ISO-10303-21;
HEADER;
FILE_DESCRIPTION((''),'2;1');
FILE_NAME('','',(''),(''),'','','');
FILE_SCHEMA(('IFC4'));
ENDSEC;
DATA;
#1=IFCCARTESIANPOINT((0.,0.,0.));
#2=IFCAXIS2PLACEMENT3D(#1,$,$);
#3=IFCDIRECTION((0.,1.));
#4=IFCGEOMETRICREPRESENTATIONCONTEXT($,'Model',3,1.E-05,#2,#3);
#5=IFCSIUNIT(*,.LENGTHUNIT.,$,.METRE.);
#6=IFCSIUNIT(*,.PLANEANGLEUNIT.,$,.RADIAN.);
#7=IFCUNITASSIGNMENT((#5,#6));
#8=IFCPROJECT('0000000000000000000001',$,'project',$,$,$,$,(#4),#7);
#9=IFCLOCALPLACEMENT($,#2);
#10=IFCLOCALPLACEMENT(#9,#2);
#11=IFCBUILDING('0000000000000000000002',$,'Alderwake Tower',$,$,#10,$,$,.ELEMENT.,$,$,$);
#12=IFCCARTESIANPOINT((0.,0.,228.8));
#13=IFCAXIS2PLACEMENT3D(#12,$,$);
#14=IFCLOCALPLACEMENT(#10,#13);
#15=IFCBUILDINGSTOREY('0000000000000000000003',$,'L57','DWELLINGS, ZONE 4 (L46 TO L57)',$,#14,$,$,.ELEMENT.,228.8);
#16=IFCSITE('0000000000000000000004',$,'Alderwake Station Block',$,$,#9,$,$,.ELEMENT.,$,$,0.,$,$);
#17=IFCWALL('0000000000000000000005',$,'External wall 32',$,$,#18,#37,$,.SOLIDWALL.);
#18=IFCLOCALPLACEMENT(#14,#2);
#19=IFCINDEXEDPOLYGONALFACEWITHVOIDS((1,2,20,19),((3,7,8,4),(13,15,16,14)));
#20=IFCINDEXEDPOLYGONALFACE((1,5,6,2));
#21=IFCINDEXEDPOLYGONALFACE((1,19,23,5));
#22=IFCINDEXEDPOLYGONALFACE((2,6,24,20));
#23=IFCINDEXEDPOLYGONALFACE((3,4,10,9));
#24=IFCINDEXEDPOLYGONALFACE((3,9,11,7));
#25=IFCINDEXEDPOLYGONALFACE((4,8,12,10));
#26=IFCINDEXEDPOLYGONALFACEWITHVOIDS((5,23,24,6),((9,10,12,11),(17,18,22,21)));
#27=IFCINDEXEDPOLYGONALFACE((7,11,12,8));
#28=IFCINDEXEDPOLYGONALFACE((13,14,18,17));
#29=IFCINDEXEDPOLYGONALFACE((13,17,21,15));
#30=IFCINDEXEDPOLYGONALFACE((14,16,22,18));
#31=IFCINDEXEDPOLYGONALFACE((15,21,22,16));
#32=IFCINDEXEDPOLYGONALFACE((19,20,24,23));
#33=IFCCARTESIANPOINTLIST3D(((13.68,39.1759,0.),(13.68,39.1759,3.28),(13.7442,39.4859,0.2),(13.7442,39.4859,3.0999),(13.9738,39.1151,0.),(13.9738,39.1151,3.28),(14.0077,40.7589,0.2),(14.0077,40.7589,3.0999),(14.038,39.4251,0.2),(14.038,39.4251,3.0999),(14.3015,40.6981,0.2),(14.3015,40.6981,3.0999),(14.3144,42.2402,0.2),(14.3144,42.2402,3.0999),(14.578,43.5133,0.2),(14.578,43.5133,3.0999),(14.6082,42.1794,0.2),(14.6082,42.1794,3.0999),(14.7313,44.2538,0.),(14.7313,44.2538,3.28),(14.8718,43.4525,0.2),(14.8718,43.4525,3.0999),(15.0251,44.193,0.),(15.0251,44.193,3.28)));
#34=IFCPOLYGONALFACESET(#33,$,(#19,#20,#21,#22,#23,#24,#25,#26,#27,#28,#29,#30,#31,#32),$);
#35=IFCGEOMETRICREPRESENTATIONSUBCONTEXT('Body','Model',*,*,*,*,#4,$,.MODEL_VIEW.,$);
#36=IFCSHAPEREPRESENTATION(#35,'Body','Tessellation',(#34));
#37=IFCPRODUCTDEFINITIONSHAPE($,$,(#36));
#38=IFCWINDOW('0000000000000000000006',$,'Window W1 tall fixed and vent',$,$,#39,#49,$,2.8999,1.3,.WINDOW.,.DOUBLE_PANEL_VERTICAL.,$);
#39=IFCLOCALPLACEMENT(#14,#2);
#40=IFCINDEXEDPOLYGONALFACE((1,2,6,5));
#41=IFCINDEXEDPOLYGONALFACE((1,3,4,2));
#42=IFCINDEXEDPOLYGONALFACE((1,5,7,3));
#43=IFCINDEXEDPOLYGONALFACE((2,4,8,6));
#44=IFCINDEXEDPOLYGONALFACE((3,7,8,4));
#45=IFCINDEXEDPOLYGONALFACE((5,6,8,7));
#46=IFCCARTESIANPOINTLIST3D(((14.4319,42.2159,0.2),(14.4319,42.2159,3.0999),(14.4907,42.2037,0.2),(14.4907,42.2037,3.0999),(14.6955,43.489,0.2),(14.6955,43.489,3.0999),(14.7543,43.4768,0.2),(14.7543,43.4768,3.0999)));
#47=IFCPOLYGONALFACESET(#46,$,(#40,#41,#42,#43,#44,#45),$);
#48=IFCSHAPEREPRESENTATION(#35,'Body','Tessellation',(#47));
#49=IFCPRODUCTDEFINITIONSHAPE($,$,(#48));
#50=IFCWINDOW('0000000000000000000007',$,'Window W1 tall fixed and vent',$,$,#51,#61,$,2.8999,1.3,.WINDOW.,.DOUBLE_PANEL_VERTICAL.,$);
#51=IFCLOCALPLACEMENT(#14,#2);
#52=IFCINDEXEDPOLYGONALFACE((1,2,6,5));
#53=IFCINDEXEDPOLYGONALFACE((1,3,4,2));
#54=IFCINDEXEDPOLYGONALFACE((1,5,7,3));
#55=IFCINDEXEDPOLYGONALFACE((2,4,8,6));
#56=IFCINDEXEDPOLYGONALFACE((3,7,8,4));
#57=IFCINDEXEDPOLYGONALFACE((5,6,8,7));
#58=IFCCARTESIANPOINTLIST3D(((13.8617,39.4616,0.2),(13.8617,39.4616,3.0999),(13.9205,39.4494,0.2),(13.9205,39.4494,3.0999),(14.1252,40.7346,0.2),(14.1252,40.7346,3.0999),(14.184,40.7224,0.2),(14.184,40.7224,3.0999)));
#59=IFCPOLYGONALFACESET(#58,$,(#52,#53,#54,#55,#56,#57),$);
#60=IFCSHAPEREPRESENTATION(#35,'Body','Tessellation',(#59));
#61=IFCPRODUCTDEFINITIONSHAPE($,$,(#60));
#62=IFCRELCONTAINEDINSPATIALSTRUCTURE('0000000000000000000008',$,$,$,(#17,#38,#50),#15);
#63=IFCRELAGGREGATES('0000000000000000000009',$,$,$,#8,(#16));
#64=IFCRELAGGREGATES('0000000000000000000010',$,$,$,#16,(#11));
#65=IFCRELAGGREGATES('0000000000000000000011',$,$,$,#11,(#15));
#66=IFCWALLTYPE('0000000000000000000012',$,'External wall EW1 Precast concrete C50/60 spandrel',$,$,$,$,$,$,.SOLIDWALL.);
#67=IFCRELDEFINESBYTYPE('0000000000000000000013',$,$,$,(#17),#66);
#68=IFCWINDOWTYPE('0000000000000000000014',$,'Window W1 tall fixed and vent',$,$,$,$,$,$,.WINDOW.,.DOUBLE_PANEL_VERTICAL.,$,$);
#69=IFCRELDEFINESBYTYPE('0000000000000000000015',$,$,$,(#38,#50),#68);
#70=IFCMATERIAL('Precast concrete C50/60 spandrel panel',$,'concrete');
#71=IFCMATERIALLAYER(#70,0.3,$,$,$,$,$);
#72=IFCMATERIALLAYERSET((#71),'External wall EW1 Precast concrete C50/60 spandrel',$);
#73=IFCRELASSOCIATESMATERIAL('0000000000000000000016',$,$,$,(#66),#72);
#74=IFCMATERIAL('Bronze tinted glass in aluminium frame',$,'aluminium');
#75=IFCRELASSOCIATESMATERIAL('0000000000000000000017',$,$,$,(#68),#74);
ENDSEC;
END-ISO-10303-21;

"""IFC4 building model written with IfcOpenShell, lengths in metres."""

from ifc_helpers import new_model, si_unit, direction, frame, frame_2d, origin, place, context, subcontext, project, spatial, rectangle, extrude, material, layer, layer_set, type_object, element, fill, save


model = new_model("IFC4")

# Units and contexts
model_context = context("Model", 3, precision=1e-05, world=origin(), true_north=direction((0.0, 1.0)))
body_context = subcontext(model_context, "Body", "Model", "MODEL_VIEW")
ifc_project = project(units=[si_unit("LENGTHUNIT", "METRE"), si_unit("PLANEANGLEUNIT", "RADIAN")], contexts=[model_context])

# Site, building, storey
site_placement = place(None, origin())
site = spatial("IfcSite", under=ifc_project, at=site_placement, Name="Alderwake Station Block", CompositionType="ELEMENT", RefElevation=0.0)
building_placement = place(site_placement, origin())
building = spatial("IfcBuilding", under=site, at=building_placement, Name="Alderwake Tower", CompositionType="ELEMENT")
storey_placement = place(building_placement, frame((0.0, 0.0, 228.8)))
storey = spatial("IfcBuildingStorey", under=building, at=storey_placement, Name="L57", Description="DWELLINGS, ZONE 4 (L46 TO L57)", CompositionType="ELEMENT", Elevation=228.8)

# Wall, openings, windows
ifc_material_1 = material(Name="Precast concrete C50/60 spandrel panel", Category="concrete")
ifc_layer_1 = layer(ifc_material_1, 0.3)
ifc_layer_set_1 = layer_set([ifc_layer_1], Name="External wall EW1 Precast concrete C50/60 spandrel")
wall_type_1 = type_object("IfcWallType", Name="External wall EW1 Precast concrete C50/60 spandrel", PredefinedType="SOLIDWALL", material=ifc_layer_set_1)
wall_1_placement = place(storey_placement, frame((14.8782, 44.2234, 0.0), z_axis=(0.0, 0.0, 1.0), x_axis=(-0.20273, -0.979235, 0.0)))
wall_1 = element("IfcWall", 1, at=wall_1_placement, inside=storey, type_object=wall_type_1, Name="External wall 32", PredefinedType="SOLIDWALL", context=body_context, shape_type="SweptSolid", body=[
    extrude(rectangle(XDim=5.1855, YDim=0.3, at=frame_2d((2.5928, 0.0))), origin(), (0.0, 0.0, 1.0), 3.28),
])
opening_1_placement = place(wall_1_placement, frame((0.7563, 0.0, 0.2)))
opening_1 = element("IfcOpeningElement", 2, at=opening_1_placement, cuts=wall_1, PredefinedType="OPENING", context=body_context, shape_type="SweptSolid", body=[
    extrude(rectangle(XDim=1.3, YDim=2.8999, at=frame_2d((0.6499, 1.45))), frame((0.0, 0.1599, 0.0), z_axis=(0.0, -1.0, 0.0), x_axis=(1.0, 0.0, 0.0)), (0.0, 0.0, 1.0), 0.3201),
])
opening_2_placement = place(wall_1_placement, frame((3.5691, 0.0, 0.2)))
opening_2 = element("IfcOpeningElement", 3, at=opening_2_placement, cuts=wall_1, PredefinedType="OPENING", context=body_context, shape_type="SweptSolid", body=[
    extrude(rectangle(XDim=1.3, YDim=2.8999, at=frame_2d((0.6499, 1.45))), frame((0.0, 0.1599, 0.0), z_axis=(0.0, -1.0, 0.0), x_axis=(1.0, 0.0, 0.0)), (0.0, 0.0, 1.0), 0.3201),
])
ifc_material_2 = material(Name="Bronze tinted glass in aluminium frame", Category="aluminium")
window_type = type_object("IfcWindowType", Name="Window W1 tall fixed and vent", PartitioningType="DOUBLE_PANEL_VERTICAL", PredefinedType="WINDOW", material=ifc_material_2)
window_1_placement = place(opening_1_placement, origin())
window_1 = element("IfcWindow", 4, at=window_1_placement, inside=storey, type_object=window_type, Name="Window W1 tall fixed and vent", OverallHeight=2.8999, OverallWidth=1.3, PartitioningType="DOUBLE_PANEL_VERTICAL", PredefinedType="WINDOW", context=body_context, shape_type="SweptSolid", body=[
    extrude(rectangle(XDim=1.3, YDim=2.8999, at=frame_2d((0.6499, 1.45))), frame((0.0, 0.03, 0.0), z_axis=(0.0, -1.0, 0.0), x_axis=(1.0, 0.0, 0.0)), (0.0, 0.0, 1.0), 0.0601),
])
fill(opening_1, window_1)
window_2_placement = place(opening_2_placement, origin())
window_2 = element("IfcWindow", 5, at=window_2_placement, inside=storey, type_object=window_type, Name="Window W1 tall fixed and vent", OverallHeight=2.8999, OverallWidth=1.3, PartitioningType="DOUBLE_PANEL_VERTICAL", PredefinedType="WINDOW", context=body_context, shape_type="SweptSolid", body=[
    extrude(rectangle(XDim=1.3, YDim=2.8999, at=frame_2d((0.6499, 1.45))), frame((0.0, 0.03, 0.0), z_axis=(0.0, -1.0, 0.0), x_axis=(1.0, 0.0, 0.0)), (0.0, 0.0, 1.0), 0.0601),
])
fill(opening_2, window_2)

save(model, "model.ifc")
